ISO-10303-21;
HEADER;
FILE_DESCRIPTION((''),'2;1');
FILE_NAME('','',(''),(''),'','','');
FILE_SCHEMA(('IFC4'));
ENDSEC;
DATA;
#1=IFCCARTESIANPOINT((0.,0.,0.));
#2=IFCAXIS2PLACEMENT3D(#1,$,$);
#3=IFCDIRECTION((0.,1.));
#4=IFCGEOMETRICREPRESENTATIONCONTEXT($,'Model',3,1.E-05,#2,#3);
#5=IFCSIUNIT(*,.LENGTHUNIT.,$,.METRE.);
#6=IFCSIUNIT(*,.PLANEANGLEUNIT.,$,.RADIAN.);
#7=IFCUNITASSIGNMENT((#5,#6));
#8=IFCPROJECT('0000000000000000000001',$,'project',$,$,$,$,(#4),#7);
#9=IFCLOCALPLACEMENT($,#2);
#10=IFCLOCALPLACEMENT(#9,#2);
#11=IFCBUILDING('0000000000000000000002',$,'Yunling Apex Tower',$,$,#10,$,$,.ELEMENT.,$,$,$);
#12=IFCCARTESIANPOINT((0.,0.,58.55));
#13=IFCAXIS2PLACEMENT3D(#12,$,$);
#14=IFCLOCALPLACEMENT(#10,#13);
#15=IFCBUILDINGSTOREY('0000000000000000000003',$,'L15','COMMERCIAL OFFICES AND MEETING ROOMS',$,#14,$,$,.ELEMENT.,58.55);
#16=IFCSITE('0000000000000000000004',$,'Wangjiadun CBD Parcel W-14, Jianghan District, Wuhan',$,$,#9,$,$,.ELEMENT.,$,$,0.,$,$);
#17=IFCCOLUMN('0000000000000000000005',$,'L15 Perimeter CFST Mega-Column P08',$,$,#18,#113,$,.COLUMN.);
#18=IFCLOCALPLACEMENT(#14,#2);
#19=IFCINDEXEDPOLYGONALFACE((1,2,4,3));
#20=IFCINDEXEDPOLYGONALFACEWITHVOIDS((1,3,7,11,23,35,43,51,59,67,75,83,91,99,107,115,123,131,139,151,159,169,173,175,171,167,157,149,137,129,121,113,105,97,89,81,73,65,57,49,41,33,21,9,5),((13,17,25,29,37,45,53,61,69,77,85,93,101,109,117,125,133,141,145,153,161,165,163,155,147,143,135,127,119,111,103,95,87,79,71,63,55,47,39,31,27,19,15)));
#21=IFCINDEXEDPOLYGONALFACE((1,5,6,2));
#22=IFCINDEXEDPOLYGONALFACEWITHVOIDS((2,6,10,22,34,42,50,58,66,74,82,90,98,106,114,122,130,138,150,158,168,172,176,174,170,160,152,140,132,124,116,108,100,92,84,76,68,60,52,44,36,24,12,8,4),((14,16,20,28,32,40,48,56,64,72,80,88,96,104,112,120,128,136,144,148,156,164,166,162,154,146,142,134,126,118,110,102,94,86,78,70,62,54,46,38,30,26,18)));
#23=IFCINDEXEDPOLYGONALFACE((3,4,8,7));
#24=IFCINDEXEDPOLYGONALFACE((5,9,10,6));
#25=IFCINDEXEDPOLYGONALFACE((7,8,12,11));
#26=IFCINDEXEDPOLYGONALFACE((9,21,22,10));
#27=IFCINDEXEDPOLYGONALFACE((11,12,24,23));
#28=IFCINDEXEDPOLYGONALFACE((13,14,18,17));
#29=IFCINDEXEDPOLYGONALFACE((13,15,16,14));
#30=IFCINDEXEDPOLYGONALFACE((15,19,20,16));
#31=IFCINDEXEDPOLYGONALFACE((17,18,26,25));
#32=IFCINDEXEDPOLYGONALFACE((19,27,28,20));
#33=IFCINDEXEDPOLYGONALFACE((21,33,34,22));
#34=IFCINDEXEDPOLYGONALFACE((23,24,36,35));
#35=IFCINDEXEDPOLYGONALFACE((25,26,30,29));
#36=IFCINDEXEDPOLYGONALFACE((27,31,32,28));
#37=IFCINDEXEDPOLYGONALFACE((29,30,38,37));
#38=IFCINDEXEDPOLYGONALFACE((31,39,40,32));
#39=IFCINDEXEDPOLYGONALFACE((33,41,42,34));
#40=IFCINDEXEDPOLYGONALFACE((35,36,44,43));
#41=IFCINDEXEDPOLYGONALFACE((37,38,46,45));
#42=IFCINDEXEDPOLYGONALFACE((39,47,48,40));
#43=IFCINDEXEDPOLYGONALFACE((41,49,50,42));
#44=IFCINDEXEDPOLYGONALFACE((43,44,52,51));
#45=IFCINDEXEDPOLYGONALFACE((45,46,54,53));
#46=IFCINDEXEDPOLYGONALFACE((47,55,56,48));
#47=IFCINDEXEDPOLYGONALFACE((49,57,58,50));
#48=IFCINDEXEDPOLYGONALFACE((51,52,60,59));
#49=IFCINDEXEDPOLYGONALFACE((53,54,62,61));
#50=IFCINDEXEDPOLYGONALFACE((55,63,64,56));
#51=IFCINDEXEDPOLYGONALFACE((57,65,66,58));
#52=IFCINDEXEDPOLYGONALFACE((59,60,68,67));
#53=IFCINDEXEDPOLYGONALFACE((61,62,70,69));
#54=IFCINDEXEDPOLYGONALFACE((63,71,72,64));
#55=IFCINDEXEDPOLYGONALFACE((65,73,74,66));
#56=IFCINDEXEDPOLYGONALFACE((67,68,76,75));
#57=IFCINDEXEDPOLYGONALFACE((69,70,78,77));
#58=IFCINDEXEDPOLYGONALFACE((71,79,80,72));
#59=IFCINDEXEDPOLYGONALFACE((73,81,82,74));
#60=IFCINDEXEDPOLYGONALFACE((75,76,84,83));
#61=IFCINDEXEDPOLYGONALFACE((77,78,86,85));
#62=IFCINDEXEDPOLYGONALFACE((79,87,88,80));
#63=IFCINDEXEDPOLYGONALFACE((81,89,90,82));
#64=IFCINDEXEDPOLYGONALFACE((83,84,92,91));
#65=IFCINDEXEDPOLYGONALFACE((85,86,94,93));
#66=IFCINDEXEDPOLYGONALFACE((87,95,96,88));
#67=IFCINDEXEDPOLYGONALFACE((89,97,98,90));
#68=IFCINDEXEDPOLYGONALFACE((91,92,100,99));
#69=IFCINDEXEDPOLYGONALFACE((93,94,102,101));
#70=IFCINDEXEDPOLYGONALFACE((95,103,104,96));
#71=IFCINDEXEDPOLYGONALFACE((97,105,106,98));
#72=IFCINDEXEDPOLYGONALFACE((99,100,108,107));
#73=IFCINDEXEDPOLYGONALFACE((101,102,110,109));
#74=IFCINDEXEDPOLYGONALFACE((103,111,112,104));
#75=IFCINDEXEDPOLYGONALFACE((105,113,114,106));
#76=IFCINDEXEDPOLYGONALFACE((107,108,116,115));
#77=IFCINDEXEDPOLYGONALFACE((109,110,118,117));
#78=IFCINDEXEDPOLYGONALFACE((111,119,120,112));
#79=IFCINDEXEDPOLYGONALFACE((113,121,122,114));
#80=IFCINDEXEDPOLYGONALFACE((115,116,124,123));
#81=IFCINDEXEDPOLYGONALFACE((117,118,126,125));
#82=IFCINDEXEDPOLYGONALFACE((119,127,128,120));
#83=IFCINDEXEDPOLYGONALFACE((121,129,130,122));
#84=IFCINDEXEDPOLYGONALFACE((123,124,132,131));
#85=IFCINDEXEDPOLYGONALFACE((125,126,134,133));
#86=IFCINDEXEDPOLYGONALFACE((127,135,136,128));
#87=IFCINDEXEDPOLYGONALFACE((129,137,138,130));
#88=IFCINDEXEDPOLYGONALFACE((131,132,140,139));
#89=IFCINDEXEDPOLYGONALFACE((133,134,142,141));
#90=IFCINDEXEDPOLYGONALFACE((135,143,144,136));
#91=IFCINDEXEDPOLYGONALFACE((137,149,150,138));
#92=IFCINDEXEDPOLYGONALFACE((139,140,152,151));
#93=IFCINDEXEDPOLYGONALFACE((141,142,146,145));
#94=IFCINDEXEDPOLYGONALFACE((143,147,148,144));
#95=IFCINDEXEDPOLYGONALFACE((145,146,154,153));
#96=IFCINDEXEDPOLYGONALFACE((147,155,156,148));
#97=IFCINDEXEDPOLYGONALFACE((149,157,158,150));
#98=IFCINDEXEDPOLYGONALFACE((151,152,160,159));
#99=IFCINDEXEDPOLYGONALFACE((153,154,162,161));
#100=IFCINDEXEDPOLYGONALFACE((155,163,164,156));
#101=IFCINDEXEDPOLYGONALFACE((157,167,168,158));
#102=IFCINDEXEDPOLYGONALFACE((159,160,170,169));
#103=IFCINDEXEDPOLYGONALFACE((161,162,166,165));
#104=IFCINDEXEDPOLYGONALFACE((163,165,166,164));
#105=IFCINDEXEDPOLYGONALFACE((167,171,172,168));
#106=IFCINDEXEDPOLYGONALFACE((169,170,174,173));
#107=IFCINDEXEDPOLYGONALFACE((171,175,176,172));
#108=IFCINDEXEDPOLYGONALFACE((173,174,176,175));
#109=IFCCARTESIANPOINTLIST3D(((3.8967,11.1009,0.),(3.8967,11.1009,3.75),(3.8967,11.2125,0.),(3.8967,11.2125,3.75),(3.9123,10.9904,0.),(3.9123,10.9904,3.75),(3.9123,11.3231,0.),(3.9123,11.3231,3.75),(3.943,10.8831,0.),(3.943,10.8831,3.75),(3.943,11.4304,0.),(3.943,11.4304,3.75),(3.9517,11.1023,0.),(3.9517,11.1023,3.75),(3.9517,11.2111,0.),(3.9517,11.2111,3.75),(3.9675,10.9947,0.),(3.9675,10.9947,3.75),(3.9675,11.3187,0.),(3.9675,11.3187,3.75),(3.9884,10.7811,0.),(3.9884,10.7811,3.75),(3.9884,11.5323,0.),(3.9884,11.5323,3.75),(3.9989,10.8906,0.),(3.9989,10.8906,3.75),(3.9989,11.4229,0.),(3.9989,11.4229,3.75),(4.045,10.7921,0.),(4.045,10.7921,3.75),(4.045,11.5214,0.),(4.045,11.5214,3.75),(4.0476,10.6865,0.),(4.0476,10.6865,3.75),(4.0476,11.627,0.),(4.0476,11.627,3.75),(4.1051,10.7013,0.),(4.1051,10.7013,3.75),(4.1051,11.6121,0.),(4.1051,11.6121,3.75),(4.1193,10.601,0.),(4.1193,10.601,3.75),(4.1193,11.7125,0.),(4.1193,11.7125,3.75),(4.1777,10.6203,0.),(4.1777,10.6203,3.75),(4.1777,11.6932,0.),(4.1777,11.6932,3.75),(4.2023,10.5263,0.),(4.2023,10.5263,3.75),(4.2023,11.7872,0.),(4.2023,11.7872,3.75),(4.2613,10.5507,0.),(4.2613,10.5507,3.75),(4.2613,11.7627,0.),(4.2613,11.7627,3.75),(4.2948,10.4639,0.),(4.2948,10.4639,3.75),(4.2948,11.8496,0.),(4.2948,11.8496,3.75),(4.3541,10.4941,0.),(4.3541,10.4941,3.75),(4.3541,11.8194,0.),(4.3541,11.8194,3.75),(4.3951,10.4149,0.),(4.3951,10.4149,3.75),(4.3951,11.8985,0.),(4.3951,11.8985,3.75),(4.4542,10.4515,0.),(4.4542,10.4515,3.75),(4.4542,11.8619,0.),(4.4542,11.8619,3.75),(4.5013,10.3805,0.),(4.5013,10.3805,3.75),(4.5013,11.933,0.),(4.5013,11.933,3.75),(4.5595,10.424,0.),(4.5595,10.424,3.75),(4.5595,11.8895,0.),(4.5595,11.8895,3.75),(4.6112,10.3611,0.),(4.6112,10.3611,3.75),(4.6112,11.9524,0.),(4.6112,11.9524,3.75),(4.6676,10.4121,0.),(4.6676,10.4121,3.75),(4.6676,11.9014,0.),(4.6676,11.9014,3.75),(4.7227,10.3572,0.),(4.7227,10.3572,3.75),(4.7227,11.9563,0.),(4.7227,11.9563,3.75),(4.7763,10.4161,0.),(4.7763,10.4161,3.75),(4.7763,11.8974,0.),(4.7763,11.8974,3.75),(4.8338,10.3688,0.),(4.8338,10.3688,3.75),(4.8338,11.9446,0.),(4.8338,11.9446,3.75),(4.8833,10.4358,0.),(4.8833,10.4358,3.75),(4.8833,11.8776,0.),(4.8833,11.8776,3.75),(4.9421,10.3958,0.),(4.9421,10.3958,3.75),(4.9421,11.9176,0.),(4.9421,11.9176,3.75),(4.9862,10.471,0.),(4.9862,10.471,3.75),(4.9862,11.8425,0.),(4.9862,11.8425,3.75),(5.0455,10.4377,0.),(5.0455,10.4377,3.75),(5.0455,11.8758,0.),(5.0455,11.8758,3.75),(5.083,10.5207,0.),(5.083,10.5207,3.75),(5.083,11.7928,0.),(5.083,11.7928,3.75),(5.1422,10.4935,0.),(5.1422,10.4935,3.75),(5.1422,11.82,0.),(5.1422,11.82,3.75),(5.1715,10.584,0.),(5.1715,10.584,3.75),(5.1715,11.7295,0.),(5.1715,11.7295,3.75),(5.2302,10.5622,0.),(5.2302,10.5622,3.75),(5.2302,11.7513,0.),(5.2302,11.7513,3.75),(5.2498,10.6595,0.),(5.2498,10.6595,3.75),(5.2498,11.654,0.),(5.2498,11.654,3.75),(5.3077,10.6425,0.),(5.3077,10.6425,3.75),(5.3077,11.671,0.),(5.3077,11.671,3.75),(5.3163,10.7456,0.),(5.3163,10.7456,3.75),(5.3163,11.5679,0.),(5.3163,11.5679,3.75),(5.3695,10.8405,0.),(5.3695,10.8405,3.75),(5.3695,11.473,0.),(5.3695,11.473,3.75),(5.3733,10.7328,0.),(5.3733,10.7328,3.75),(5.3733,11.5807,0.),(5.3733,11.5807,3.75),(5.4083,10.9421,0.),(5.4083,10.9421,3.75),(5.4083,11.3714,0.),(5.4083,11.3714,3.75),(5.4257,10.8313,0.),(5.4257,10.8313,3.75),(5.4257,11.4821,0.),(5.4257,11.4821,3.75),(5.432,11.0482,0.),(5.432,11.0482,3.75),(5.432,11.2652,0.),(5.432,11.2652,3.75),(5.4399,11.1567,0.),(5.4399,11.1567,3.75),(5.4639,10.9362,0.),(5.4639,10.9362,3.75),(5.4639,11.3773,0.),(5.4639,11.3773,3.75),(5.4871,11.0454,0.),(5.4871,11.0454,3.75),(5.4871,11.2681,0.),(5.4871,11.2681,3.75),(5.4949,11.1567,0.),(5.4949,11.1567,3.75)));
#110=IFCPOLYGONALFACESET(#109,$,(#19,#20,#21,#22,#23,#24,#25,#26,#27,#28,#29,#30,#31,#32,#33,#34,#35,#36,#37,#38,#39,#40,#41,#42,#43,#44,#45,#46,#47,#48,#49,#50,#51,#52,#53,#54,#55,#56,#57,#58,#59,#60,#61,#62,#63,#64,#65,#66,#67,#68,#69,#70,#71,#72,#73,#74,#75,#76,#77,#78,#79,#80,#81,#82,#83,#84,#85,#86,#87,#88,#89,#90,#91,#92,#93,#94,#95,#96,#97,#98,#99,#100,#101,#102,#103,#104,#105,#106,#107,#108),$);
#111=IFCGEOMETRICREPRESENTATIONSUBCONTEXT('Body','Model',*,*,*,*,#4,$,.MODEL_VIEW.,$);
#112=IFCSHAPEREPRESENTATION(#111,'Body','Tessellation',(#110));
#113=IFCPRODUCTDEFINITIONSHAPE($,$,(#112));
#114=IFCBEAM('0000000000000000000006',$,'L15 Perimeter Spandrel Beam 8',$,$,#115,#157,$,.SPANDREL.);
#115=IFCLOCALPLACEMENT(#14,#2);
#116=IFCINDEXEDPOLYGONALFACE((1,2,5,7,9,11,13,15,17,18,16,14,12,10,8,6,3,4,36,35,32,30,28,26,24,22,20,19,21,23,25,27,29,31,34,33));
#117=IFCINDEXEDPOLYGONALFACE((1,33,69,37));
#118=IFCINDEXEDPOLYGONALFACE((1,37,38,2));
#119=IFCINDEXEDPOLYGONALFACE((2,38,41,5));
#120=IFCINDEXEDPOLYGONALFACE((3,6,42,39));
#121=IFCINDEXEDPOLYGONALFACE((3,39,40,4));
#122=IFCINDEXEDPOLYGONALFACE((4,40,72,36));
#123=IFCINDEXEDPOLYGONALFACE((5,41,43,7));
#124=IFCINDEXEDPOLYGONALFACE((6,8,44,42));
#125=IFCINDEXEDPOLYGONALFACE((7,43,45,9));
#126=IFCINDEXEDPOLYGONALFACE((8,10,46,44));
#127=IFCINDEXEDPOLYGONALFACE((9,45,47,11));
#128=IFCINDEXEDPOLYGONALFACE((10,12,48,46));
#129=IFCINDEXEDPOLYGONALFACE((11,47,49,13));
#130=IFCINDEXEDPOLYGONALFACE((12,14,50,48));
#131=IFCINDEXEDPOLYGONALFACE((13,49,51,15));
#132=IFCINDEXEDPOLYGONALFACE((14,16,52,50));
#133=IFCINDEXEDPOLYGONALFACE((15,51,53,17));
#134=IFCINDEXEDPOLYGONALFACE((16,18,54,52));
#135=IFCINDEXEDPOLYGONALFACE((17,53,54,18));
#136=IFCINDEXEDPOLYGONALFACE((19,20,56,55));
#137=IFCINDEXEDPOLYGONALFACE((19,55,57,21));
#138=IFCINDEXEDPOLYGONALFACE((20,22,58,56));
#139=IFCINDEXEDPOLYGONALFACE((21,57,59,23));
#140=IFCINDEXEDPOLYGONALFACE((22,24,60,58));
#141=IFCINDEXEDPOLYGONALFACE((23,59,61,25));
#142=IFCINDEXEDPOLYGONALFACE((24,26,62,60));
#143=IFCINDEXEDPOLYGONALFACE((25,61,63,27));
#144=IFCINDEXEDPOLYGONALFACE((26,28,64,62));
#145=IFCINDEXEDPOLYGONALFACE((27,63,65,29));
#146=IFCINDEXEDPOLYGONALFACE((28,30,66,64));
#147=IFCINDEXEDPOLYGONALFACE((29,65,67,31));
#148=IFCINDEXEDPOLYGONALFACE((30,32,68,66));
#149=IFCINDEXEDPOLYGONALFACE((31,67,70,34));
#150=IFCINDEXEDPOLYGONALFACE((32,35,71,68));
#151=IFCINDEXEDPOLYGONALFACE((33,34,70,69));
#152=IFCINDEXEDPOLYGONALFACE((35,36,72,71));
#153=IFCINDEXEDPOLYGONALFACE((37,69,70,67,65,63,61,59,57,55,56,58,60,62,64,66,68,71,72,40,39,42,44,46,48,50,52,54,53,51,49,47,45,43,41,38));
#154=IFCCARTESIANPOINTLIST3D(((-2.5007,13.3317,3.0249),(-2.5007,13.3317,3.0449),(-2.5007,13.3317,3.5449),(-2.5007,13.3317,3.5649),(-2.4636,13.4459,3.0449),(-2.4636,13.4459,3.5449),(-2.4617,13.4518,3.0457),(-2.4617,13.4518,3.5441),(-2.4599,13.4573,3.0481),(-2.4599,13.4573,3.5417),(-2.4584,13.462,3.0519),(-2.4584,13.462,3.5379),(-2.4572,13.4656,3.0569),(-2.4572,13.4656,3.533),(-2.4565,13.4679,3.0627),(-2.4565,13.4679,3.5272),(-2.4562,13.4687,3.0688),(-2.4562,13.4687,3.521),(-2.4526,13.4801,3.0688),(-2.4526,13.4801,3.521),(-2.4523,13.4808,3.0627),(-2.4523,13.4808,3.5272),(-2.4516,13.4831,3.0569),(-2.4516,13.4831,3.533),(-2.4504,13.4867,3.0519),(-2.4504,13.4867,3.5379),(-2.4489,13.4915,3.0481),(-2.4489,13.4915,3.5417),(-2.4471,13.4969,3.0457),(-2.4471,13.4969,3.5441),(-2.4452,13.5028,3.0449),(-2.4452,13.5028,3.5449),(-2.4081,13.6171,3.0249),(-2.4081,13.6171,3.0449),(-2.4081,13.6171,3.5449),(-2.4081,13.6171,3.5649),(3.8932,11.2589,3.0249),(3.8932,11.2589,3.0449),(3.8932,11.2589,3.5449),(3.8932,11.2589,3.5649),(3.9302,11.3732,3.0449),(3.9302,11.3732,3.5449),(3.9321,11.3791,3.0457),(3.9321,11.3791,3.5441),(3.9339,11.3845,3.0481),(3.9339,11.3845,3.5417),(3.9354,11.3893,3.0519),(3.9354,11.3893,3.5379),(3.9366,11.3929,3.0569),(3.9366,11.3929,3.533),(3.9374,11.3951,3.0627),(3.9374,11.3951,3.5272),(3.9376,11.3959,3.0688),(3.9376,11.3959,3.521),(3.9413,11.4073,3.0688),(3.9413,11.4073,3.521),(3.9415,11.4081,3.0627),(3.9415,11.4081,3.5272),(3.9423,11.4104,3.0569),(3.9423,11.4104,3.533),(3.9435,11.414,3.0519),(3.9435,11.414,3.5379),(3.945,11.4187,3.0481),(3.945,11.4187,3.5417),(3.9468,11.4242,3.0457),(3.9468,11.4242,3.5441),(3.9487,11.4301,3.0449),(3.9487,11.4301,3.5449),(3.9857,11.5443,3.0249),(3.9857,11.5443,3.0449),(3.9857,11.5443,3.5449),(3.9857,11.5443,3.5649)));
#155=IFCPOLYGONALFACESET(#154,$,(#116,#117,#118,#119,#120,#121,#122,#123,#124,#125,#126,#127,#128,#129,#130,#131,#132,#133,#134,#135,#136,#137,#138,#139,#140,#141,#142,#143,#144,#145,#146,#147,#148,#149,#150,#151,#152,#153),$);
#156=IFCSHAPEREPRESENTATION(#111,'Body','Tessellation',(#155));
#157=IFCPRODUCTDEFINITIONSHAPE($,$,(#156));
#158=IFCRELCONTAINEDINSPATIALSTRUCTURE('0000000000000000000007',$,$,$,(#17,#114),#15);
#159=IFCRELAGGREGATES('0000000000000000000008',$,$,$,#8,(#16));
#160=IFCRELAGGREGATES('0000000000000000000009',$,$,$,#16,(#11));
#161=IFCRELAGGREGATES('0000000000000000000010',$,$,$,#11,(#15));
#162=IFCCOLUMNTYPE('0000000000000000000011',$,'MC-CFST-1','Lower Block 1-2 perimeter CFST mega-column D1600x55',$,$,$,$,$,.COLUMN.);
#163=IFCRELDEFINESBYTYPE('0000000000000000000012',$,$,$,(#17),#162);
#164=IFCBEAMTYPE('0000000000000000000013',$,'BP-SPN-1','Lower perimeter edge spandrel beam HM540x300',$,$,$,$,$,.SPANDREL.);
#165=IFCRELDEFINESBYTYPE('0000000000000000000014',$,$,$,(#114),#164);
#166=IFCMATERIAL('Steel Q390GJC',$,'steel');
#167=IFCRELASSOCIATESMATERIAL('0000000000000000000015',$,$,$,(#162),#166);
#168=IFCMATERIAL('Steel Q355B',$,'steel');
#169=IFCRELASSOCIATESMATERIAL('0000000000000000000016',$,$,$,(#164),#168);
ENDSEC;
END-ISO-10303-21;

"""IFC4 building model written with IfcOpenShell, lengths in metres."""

from ifc_helpers import new_model, si_unit, direction, frame, origin, origin_2d, place, context, subcontext, project, spatial, hollow_circle, i_section, extrude, source, transform, mapped, material, material_profile, profile_set, type_object, element, save


model = new_model("IFC4")

# Units and contexts
model_context = context("Model", 3, precision=1e-05, world=origin(), true_north=direction((0.0, 1.0)))
body_context = subcontext(model_context, "Body", "Model", "MODEL_VIEW")
ifc_project = project(units=[si_unit("LENGTHUNIT", "METRE"), si_unit("PLANEANGLEUNIT", "RADIAN")], contexts=[model_context])

# Site, building, storey
site_placement = place(None, origin())
site = spatial("IfcSite", under=ifc_project, at=site_placement, Name="Wangjiadun CBD Parcel W-14, Jianghan District, Wuhan", CompositionType="ELEMENT", RefElevation=0.0)
building_placement = place(site_placement, origin())
building = spatial("IfcBuilding", under=site, at=building_placement, Name="Yunling Apex Tower", CompositionType="ELEMENT")
storey_placement = place(building_placement, frame((0.0, 0.0, 58.55)))
storey = spatial("IfcBuildingStorey", under=building, at=storey_placement, Name="L15", Description="COMMERCIAL OFFICES AND MEETING ROOMS", CompositionType="ELEMENT", Elevation=58.55)

# Column
ifc_material_1 = material(Name="Steel Q390GJC", Category="steel")
ifc_material_profile_1 = material_profile(ifc_material_1, hollow_circle(Radius=0.8, WallThickness=0.0549, at=origin_2d()))
ifc_profile_set_1 = profile_set([ifc_material_profile_1], Name="Steel Q390GJC")
column_type = type_object("IfcColumnType", Name="MC-CFST-1", Description="Lower Block 1-2 perimeter CFST mega-column D1600x55", PredefinedType="COLUMN", material=ifc_profile_set_1)
shared_shape_1 = source(origin(), body_context, "Body", "SweptSolid", [
    extrude(hollow_circle(Radius=0.8, WallThickness=0.0549, at=origin_2d()), origin(), (0.0, 0.0, 1.0), 3.75),
])
column_placement = place(storey_placement, frame((4.6948, 11.1567, 0.0), z_axis=(0.0, 0.0, 1.0), x_axis=(1.0, 0.0, 0.0)))
element("IfcColumn", 1, at=column_placement, inside=storey, type_object=column_type, Name="L15 Perimeter CFST Mega-Column P08", PredefinedType="COLUMN", context=body_context, shape_type="MappedRepresentation", body=[
    mapped(shared_shape_1, transform((0.0, 0.0, 0.0), scale=1.0)),
])

# Beam
ifc_material_2 = material(Name="Steel Q355B", Category="steel")
ifc_material_profile_2 = material_profile(ifc_material_2, i_section(OverallWidth=0.3, OverallDepth=0.54, WebThickness=0.012, FlangeThickness=0.02, FilletRadius=0.0239, at=origin_2d()))
ifc_profile_set_2 = profile_set([ifc_material_profile_2], Name="Steel Q355B")
beam_type_1 = type_object("IfcBeamType", Name="BP-SPN-1", Description="Lower perimeter edge spandrel beam HM540x300", PredefinedType="SPANDREL", material=ifc_profile_set_2)
shared_shape_2 = source(origin(), body_context, "Body", "SweptSolid", [
    extrude(i_section(OverallWidth=0.3, OverallDepth=0.54, WebThickness=0.012, FlangeThickness=0.02, FilletRadius=0.0239, at=origin_2d()), origin(), (0.0, 0.0, 1.0), 6.7214),
])
beam_1_placement = place(storey_placement, frame((3.9395, 11.4016, 3.2949), z_axis=(-0.951263, 0.308382, 0.0), x_axis=(-0.308382, -0.951263, 0.0)))
element("IfcBeam", 2, at=beam_1_placement, inside=storey, type_object=beam_type_1, Name="L15 Perimeter Spandrel Beam 8", PredefinedType="SPANDREL", context=body_context, shape_type="MappedRepresentation", body=[
    mapped(shared_shape_2, transform((0.0, 0.0, 0.0), scale=1.0)),
])

save(model, "model.ifc")
